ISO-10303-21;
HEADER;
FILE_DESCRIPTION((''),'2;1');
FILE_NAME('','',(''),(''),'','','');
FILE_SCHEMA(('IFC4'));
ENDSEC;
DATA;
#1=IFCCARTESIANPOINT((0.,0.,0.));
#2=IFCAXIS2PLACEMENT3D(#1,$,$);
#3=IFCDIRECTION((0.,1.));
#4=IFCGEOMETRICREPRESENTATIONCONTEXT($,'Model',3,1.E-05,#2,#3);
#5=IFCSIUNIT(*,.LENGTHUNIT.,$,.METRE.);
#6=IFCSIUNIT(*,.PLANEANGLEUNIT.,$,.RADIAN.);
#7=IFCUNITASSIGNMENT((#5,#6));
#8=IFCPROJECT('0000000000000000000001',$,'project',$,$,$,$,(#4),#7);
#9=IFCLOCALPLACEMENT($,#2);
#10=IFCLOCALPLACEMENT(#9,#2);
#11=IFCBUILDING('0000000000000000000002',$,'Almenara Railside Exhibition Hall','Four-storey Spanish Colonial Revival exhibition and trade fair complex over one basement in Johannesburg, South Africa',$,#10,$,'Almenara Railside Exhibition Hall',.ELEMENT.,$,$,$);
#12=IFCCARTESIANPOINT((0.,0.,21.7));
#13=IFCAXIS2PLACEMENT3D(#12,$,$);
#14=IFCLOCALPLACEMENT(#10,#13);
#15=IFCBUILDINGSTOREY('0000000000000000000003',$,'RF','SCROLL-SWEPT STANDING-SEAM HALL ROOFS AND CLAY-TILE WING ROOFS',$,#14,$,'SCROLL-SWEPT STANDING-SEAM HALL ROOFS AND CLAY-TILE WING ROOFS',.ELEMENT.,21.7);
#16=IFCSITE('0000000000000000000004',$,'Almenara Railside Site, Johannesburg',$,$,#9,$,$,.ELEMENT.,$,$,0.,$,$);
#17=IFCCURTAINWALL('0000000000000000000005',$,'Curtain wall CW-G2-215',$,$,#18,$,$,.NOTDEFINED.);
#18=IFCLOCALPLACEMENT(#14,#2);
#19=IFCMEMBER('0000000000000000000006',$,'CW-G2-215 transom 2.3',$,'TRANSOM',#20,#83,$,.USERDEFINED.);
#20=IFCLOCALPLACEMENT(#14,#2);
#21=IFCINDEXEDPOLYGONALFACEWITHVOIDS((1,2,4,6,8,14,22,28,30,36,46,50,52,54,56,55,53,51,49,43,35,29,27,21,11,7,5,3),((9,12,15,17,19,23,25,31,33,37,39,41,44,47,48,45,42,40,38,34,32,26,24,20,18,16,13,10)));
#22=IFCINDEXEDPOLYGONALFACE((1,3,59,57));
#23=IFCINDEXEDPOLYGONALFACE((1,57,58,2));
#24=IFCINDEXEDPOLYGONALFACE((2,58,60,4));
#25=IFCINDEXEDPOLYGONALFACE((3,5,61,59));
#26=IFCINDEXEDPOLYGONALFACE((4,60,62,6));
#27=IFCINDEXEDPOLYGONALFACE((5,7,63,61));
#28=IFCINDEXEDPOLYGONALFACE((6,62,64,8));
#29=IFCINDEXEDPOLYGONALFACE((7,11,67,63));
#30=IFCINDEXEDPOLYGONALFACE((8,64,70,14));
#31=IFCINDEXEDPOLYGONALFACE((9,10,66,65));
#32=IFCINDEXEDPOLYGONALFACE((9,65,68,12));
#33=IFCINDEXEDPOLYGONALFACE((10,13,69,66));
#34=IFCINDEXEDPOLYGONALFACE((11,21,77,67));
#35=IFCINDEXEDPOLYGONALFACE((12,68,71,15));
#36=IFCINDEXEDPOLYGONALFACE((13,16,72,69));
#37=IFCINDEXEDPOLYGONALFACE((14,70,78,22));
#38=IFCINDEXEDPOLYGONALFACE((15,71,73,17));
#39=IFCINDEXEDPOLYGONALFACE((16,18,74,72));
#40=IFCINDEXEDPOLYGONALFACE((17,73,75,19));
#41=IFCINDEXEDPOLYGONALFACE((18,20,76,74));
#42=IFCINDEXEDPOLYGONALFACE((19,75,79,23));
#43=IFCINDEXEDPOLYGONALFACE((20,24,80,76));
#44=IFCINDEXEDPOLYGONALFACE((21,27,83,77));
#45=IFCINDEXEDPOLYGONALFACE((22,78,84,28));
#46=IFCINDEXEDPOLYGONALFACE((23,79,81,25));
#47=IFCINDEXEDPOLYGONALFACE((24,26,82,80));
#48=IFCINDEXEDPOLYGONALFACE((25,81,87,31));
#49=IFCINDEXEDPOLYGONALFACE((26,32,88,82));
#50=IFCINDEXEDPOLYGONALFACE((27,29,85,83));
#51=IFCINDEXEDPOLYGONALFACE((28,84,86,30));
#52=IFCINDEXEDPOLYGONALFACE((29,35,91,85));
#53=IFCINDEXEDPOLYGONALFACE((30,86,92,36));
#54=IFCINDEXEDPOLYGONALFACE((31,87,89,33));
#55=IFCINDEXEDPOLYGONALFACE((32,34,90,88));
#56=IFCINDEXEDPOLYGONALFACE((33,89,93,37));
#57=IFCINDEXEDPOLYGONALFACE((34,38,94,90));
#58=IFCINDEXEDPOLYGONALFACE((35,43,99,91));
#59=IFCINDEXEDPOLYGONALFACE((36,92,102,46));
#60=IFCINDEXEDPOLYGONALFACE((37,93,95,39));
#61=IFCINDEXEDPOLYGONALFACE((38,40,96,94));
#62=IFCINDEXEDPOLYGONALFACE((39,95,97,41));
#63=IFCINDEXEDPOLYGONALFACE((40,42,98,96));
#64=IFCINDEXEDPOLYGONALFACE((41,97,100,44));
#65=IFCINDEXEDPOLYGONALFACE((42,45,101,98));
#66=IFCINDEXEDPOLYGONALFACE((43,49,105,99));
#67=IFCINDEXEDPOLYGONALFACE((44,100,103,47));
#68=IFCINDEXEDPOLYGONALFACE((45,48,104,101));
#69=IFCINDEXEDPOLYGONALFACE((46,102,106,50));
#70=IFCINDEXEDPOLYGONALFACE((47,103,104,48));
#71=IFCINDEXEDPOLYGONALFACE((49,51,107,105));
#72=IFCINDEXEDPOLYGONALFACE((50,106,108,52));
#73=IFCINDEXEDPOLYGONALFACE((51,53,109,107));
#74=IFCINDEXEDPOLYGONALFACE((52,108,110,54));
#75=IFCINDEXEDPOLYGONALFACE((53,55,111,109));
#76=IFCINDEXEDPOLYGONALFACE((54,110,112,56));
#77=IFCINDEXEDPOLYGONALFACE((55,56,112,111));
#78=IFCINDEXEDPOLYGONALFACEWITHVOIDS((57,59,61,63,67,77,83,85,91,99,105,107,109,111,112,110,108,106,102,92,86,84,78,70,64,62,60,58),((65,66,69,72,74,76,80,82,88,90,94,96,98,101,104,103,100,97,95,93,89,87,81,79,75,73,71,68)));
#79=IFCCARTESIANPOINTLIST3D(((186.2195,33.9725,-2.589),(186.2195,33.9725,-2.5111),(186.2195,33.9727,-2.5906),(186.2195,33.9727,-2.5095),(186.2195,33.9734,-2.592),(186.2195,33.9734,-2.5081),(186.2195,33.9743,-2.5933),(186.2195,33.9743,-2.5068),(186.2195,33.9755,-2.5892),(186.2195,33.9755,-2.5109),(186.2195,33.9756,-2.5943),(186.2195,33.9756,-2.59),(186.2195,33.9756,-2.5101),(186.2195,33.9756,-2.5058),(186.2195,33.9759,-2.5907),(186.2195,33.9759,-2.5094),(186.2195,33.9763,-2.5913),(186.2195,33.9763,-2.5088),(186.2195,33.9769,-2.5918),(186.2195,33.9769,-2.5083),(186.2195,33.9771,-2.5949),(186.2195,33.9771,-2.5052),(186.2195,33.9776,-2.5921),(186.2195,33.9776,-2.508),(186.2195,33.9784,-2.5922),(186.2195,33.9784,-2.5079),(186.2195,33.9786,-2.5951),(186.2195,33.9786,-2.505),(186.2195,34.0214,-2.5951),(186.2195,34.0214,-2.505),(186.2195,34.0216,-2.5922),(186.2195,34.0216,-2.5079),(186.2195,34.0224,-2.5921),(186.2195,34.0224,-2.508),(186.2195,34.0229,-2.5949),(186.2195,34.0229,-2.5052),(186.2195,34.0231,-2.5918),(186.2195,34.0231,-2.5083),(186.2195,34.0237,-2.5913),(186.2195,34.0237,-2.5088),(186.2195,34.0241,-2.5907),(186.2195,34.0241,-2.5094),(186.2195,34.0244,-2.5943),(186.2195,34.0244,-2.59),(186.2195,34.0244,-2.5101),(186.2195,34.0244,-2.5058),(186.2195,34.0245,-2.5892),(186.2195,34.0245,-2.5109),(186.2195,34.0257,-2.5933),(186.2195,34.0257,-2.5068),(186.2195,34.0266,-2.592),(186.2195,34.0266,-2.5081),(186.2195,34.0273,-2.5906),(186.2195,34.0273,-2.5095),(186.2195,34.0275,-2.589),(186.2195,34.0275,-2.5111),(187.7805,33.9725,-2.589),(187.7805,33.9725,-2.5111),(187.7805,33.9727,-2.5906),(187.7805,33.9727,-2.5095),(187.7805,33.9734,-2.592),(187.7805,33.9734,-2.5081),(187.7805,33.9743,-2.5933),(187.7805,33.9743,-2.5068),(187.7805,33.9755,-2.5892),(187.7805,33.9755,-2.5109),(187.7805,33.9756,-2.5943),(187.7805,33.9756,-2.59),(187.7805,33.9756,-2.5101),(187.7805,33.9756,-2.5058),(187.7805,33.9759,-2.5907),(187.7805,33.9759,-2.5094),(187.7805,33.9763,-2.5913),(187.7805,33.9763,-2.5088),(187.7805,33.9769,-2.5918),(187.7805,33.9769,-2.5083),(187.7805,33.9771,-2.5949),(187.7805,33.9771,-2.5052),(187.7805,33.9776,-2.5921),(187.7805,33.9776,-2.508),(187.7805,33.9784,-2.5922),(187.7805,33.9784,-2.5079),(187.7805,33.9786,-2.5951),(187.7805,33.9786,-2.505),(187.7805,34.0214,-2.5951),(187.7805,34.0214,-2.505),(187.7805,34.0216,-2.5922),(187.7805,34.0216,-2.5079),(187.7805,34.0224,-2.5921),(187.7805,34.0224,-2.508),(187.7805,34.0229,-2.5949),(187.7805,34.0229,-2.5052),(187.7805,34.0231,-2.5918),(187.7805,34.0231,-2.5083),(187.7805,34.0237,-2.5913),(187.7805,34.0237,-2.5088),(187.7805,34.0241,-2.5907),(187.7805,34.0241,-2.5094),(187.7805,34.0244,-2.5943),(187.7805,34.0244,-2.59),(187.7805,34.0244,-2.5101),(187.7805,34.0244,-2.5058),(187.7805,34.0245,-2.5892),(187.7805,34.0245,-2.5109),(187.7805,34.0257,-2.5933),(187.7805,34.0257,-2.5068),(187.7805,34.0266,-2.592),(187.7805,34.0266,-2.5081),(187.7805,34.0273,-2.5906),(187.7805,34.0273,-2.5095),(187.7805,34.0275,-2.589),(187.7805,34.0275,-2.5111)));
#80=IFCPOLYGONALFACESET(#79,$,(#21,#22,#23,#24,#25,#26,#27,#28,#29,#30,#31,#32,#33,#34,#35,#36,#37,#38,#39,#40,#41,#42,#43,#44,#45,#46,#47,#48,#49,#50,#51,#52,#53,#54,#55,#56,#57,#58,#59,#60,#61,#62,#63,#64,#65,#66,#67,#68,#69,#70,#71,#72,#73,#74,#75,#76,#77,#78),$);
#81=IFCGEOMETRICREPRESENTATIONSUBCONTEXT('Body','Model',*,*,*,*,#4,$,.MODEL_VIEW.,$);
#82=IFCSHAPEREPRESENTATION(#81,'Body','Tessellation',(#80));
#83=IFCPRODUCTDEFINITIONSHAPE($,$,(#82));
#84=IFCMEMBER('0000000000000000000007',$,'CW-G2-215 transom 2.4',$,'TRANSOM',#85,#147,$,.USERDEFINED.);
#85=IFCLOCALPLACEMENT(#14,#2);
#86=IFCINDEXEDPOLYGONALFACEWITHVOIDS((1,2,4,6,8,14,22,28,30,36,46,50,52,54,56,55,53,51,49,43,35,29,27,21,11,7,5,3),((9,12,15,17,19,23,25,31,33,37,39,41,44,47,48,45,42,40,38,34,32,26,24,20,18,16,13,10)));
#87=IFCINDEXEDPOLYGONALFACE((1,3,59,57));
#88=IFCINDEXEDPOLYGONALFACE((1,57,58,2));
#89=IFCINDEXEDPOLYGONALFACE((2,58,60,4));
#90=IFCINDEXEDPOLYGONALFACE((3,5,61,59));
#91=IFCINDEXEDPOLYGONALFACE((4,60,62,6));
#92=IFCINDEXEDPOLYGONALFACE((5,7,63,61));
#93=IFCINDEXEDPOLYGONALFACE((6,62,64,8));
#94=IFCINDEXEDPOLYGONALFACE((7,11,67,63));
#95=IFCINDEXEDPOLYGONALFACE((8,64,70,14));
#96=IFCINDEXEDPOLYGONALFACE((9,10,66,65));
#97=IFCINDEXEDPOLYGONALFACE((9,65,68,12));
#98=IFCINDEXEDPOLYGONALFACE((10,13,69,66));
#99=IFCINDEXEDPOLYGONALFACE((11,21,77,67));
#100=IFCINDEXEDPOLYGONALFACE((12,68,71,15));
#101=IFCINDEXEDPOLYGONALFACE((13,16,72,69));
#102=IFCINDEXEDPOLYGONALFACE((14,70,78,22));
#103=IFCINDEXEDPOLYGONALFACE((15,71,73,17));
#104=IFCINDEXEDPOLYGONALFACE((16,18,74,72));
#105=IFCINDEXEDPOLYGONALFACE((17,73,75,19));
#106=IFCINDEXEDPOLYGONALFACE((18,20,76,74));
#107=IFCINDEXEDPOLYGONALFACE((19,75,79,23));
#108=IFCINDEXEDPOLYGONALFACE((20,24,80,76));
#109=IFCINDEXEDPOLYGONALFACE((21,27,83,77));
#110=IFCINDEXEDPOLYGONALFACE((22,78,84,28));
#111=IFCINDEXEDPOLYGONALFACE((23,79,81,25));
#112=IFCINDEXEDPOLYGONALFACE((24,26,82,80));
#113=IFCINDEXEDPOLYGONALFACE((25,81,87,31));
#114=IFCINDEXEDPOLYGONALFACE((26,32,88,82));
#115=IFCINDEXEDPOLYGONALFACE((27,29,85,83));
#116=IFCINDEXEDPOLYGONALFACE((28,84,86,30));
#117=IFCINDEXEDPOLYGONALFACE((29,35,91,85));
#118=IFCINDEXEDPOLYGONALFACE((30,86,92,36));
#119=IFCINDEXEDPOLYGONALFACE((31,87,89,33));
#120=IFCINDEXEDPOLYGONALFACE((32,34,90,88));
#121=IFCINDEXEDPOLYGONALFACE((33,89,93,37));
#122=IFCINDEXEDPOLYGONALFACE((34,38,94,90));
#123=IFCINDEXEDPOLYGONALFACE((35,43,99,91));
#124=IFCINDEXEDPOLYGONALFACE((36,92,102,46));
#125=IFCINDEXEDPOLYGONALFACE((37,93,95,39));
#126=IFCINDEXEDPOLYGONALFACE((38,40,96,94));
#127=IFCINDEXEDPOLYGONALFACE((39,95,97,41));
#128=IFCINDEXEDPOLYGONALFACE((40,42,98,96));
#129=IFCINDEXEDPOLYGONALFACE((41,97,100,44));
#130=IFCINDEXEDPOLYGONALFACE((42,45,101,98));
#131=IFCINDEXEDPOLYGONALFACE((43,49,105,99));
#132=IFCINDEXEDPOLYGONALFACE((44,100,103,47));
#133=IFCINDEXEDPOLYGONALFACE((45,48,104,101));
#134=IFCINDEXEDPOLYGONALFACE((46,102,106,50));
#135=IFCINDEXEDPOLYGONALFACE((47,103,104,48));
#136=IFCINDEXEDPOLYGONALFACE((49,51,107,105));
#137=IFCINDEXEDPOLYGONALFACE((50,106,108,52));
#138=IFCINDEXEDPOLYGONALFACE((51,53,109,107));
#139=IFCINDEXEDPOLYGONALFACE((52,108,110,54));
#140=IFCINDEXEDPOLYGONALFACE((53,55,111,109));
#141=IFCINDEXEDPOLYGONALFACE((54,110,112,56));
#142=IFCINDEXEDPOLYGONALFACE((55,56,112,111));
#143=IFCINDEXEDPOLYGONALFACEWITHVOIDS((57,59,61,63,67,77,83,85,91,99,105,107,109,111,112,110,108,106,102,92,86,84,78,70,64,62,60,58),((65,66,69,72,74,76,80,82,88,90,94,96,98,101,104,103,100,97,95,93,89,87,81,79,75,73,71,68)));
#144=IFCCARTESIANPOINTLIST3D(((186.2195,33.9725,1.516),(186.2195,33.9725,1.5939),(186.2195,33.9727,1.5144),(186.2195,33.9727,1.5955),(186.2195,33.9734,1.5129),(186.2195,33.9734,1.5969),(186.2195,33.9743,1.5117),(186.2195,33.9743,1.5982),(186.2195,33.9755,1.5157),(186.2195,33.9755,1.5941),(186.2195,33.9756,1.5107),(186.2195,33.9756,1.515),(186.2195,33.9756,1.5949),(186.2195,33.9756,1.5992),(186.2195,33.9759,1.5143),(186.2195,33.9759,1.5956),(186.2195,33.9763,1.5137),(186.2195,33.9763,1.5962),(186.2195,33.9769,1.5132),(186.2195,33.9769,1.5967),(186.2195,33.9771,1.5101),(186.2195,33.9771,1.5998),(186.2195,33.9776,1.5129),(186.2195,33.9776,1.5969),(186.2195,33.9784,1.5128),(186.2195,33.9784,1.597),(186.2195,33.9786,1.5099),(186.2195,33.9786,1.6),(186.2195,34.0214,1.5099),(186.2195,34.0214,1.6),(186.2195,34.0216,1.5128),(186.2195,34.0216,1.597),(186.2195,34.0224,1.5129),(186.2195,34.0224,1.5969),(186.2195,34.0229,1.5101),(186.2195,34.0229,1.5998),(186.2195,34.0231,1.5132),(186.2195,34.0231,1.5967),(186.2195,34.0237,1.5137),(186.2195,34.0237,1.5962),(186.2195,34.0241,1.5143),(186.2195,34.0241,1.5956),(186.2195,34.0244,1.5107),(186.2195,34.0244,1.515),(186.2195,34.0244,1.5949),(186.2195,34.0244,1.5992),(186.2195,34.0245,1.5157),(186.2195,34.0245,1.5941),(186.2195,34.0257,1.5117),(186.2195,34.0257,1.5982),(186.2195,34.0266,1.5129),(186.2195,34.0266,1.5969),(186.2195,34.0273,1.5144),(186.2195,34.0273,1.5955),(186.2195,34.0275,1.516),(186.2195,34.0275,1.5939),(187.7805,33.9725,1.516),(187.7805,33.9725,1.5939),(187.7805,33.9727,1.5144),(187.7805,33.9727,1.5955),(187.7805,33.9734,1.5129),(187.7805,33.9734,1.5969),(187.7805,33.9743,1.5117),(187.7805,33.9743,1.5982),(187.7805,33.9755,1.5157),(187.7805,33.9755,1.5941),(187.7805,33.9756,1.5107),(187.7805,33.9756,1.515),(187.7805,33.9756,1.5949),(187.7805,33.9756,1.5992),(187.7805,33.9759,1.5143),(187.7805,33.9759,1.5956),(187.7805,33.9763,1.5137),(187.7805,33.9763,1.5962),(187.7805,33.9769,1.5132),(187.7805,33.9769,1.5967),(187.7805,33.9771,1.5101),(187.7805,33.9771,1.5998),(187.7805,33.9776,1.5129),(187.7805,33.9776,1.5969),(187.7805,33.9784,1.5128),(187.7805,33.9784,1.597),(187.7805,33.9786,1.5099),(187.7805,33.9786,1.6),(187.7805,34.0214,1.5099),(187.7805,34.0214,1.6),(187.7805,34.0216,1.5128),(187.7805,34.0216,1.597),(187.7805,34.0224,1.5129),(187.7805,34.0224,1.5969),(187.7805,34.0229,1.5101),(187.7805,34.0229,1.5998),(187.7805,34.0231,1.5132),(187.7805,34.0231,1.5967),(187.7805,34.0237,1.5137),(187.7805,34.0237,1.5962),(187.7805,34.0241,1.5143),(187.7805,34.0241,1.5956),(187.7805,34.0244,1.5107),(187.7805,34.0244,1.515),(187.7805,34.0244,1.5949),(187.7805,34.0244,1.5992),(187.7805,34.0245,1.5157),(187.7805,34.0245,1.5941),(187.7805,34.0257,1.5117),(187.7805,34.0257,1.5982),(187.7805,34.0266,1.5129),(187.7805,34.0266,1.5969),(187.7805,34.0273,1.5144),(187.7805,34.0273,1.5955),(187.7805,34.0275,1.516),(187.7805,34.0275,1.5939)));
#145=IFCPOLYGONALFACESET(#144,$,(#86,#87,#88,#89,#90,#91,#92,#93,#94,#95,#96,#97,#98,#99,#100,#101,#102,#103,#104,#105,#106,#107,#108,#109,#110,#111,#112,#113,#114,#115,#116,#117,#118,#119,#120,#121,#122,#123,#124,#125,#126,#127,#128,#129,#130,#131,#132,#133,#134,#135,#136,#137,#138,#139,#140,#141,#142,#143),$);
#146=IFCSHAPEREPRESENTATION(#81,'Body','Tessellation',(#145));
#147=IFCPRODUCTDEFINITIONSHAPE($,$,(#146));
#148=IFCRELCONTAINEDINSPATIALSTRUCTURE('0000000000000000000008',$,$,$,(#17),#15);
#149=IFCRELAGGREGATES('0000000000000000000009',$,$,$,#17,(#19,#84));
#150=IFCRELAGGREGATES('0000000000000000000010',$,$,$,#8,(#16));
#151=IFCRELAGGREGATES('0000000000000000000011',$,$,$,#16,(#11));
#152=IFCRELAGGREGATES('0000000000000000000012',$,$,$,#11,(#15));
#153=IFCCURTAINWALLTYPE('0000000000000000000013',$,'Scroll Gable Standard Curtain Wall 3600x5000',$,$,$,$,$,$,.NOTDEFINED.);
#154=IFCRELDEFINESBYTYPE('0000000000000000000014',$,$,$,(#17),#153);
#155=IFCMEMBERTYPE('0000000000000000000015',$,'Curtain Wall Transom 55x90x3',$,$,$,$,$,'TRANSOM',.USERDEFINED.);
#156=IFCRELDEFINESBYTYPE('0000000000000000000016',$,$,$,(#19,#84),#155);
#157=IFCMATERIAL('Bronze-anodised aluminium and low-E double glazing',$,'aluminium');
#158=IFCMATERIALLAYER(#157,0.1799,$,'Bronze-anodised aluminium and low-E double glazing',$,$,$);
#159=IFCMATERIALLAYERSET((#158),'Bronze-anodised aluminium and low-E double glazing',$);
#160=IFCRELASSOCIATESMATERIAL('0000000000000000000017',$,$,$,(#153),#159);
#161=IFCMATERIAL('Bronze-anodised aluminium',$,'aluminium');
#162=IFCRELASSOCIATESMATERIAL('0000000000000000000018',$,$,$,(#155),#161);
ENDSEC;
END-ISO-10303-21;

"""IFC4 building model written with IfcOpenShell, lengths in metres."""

from ifc_helpers import new_model, si_unit, direction, frame, origin, origin_2d, place, context, subcontext, project, spatial, hollow_rectangle, extrude, material, layer, layer_set, material_profile, profile_set, type_object, element, aggregate, save


model = new_model("IFC4")

# Units and contexts
model_context = context("Model", 3, precision=1e-05, world=origin(), true_north=direction((0.0, 1.0)))
body_context = subcontext(model_context, "Body", "Model", "MODEL_VIEW")
ifc_project = project(units=[si_unit("LENGTHUNIT", "METRE"), si_unit("PLANEANGLEUNIT", "RADIAN")], contexts=[model_context])

# Site, building, storey
site_placement = place(None, origin())
site = spatial("IfcSite", under=ifc_project, at=site_placement, Name="Almenara Railside Site, Johannesburg", CompositionType="ELEMENT", RefElevation=0.0)
building_placement = place(site_placement, origin())
building = spatial("IfcBuilding", under=site, at=building_placement, Name="Almenara Railside Exhibition Hall", Description="Four-storey Spanish Colonial Revival exhibition and trade fair complex over one basement in Johannesburg, South Africa", LongName="Almenara Railside Exhibition Hall", CompositionType="ELEMENT")
storey_placement = place(building_placement, frame((0.0, 0.0, 21.7)))
storey = spatial("IfcBuildingStorey", under=building, at=storey_placement, Name="RF", Description="SCROLL-SWEPT STANDING-SEAM HALL ROOFS AND CLAY-TILE WING ROOFS", LongName="SCROLL-SWEPT STANDING-SEAM HALL ROOFS AND CLAY-TILE WING ROOFS", CompositionType="ELEMENT", Elevation=21.7)

# Curtain wall, members
ifc_material_1 = material(Name="Bronze-anodised aluminium and low-E double glazing", Category="aluminium")
ifc_layer_1 = layer(ifc_material_1, 0.1799, Name="Bronze-anodised aluminium and low-E double glazing")
ifc_layer_set_1 = layer_set([ifc_layer_1], Name="Bronze-anodised aluminium and low-E double glazing")
curtain_wall_type = type_object("IfcCurtainWallType", Name="Scroll Gable Standard Curtain Wall 3600x5000", PredefinedType="NOTDEFINED", material=ifc_layer_set_1)
curtain_wall_placement = place(storey_placement, origin())
curtain_wall = element("IfcCurtainWall", 1, at=curtain_wall_placement, inside=storey, type_object=curtain_wall_type, Name="Curtain wall CW-G2-215", PredefinedType="NOTDEFINED")
ifc_material_2 = material(Name="Bronze-anodised aluminium", Category="aluminium")
ifc_material_profile_1 = material_profile(ifc_material_2, hollow_rectangle(XDim=0.0549, YDim=0.0901, WallThickness=0.0029, InnerFilletRadius=0.0029, OuterFilletRadius=0.0061, at=origin_2d()), Name="ALU-TRN 55x90x3")
ifc_profile_set_1 = profile_set([ifc_material_profile_1], Name="Bronze-anodised aluminium")
member_type_1 = type_object("IfcMemberType", Name="Curtain Wall Transom 55x90x3", ElementType="TRANSOM", PredefinedType="USERDEFINED", material=ifc_profile_set_1)
member_1_placement = place(storey_placement, frame((186.2195, 34.0, -2.55), z_axis=(1.0, 0.0, 0.0), x_axis=(0.0, 1.0, 0.0)))
member_1 = element("IfcMember", 2, at=member_1_placement, type_object=member_type_1, Name="CW-G2-215 transom 2.3", ObjectType="TRANSOM", PredefinedType="USERDEFINED", context=body_context, shape_type="SweptSolid", body=[
    extrude(hollow_rectangle(XDim=0.0549, YDim=0.0901, WallThickness=0.0029, InnerFilletRadius=0.0029, OuterFilletRadius=0.0061, at=origin_2d()), origin(), (0.0, 0.0, 1.0), 1.561),
])
member_2_placement = place(storey_placement, frame((186.2195, 34.0, 1.5549), z_axis=(1.0, 0.0, 0.0), x_axis=(0.0, 1.0, 0.0)))
member_2 = element("IfcMember", 3, at=member_2_placement, type_object=member_type_1, Name="CW-G2-215 transom 2.4", ObjectType="TRANSOM", PredefinedType="USERDEFINED", context=body_context, shape_type="SweptSolid", body=[
    extrude(hollow_rectangle(XDim=0.0549, YDim=0.0901, WallThickness=0.0029, InnerFilletRadius=0.0029, OuterFilletRadius=0.0061, at=origin_2d()), origin(), (0.0, 0.0, 1.0), 1.561),
])

aggregate(curtain_wall, [member_1, member_2])

save(model, "model.ifc")
